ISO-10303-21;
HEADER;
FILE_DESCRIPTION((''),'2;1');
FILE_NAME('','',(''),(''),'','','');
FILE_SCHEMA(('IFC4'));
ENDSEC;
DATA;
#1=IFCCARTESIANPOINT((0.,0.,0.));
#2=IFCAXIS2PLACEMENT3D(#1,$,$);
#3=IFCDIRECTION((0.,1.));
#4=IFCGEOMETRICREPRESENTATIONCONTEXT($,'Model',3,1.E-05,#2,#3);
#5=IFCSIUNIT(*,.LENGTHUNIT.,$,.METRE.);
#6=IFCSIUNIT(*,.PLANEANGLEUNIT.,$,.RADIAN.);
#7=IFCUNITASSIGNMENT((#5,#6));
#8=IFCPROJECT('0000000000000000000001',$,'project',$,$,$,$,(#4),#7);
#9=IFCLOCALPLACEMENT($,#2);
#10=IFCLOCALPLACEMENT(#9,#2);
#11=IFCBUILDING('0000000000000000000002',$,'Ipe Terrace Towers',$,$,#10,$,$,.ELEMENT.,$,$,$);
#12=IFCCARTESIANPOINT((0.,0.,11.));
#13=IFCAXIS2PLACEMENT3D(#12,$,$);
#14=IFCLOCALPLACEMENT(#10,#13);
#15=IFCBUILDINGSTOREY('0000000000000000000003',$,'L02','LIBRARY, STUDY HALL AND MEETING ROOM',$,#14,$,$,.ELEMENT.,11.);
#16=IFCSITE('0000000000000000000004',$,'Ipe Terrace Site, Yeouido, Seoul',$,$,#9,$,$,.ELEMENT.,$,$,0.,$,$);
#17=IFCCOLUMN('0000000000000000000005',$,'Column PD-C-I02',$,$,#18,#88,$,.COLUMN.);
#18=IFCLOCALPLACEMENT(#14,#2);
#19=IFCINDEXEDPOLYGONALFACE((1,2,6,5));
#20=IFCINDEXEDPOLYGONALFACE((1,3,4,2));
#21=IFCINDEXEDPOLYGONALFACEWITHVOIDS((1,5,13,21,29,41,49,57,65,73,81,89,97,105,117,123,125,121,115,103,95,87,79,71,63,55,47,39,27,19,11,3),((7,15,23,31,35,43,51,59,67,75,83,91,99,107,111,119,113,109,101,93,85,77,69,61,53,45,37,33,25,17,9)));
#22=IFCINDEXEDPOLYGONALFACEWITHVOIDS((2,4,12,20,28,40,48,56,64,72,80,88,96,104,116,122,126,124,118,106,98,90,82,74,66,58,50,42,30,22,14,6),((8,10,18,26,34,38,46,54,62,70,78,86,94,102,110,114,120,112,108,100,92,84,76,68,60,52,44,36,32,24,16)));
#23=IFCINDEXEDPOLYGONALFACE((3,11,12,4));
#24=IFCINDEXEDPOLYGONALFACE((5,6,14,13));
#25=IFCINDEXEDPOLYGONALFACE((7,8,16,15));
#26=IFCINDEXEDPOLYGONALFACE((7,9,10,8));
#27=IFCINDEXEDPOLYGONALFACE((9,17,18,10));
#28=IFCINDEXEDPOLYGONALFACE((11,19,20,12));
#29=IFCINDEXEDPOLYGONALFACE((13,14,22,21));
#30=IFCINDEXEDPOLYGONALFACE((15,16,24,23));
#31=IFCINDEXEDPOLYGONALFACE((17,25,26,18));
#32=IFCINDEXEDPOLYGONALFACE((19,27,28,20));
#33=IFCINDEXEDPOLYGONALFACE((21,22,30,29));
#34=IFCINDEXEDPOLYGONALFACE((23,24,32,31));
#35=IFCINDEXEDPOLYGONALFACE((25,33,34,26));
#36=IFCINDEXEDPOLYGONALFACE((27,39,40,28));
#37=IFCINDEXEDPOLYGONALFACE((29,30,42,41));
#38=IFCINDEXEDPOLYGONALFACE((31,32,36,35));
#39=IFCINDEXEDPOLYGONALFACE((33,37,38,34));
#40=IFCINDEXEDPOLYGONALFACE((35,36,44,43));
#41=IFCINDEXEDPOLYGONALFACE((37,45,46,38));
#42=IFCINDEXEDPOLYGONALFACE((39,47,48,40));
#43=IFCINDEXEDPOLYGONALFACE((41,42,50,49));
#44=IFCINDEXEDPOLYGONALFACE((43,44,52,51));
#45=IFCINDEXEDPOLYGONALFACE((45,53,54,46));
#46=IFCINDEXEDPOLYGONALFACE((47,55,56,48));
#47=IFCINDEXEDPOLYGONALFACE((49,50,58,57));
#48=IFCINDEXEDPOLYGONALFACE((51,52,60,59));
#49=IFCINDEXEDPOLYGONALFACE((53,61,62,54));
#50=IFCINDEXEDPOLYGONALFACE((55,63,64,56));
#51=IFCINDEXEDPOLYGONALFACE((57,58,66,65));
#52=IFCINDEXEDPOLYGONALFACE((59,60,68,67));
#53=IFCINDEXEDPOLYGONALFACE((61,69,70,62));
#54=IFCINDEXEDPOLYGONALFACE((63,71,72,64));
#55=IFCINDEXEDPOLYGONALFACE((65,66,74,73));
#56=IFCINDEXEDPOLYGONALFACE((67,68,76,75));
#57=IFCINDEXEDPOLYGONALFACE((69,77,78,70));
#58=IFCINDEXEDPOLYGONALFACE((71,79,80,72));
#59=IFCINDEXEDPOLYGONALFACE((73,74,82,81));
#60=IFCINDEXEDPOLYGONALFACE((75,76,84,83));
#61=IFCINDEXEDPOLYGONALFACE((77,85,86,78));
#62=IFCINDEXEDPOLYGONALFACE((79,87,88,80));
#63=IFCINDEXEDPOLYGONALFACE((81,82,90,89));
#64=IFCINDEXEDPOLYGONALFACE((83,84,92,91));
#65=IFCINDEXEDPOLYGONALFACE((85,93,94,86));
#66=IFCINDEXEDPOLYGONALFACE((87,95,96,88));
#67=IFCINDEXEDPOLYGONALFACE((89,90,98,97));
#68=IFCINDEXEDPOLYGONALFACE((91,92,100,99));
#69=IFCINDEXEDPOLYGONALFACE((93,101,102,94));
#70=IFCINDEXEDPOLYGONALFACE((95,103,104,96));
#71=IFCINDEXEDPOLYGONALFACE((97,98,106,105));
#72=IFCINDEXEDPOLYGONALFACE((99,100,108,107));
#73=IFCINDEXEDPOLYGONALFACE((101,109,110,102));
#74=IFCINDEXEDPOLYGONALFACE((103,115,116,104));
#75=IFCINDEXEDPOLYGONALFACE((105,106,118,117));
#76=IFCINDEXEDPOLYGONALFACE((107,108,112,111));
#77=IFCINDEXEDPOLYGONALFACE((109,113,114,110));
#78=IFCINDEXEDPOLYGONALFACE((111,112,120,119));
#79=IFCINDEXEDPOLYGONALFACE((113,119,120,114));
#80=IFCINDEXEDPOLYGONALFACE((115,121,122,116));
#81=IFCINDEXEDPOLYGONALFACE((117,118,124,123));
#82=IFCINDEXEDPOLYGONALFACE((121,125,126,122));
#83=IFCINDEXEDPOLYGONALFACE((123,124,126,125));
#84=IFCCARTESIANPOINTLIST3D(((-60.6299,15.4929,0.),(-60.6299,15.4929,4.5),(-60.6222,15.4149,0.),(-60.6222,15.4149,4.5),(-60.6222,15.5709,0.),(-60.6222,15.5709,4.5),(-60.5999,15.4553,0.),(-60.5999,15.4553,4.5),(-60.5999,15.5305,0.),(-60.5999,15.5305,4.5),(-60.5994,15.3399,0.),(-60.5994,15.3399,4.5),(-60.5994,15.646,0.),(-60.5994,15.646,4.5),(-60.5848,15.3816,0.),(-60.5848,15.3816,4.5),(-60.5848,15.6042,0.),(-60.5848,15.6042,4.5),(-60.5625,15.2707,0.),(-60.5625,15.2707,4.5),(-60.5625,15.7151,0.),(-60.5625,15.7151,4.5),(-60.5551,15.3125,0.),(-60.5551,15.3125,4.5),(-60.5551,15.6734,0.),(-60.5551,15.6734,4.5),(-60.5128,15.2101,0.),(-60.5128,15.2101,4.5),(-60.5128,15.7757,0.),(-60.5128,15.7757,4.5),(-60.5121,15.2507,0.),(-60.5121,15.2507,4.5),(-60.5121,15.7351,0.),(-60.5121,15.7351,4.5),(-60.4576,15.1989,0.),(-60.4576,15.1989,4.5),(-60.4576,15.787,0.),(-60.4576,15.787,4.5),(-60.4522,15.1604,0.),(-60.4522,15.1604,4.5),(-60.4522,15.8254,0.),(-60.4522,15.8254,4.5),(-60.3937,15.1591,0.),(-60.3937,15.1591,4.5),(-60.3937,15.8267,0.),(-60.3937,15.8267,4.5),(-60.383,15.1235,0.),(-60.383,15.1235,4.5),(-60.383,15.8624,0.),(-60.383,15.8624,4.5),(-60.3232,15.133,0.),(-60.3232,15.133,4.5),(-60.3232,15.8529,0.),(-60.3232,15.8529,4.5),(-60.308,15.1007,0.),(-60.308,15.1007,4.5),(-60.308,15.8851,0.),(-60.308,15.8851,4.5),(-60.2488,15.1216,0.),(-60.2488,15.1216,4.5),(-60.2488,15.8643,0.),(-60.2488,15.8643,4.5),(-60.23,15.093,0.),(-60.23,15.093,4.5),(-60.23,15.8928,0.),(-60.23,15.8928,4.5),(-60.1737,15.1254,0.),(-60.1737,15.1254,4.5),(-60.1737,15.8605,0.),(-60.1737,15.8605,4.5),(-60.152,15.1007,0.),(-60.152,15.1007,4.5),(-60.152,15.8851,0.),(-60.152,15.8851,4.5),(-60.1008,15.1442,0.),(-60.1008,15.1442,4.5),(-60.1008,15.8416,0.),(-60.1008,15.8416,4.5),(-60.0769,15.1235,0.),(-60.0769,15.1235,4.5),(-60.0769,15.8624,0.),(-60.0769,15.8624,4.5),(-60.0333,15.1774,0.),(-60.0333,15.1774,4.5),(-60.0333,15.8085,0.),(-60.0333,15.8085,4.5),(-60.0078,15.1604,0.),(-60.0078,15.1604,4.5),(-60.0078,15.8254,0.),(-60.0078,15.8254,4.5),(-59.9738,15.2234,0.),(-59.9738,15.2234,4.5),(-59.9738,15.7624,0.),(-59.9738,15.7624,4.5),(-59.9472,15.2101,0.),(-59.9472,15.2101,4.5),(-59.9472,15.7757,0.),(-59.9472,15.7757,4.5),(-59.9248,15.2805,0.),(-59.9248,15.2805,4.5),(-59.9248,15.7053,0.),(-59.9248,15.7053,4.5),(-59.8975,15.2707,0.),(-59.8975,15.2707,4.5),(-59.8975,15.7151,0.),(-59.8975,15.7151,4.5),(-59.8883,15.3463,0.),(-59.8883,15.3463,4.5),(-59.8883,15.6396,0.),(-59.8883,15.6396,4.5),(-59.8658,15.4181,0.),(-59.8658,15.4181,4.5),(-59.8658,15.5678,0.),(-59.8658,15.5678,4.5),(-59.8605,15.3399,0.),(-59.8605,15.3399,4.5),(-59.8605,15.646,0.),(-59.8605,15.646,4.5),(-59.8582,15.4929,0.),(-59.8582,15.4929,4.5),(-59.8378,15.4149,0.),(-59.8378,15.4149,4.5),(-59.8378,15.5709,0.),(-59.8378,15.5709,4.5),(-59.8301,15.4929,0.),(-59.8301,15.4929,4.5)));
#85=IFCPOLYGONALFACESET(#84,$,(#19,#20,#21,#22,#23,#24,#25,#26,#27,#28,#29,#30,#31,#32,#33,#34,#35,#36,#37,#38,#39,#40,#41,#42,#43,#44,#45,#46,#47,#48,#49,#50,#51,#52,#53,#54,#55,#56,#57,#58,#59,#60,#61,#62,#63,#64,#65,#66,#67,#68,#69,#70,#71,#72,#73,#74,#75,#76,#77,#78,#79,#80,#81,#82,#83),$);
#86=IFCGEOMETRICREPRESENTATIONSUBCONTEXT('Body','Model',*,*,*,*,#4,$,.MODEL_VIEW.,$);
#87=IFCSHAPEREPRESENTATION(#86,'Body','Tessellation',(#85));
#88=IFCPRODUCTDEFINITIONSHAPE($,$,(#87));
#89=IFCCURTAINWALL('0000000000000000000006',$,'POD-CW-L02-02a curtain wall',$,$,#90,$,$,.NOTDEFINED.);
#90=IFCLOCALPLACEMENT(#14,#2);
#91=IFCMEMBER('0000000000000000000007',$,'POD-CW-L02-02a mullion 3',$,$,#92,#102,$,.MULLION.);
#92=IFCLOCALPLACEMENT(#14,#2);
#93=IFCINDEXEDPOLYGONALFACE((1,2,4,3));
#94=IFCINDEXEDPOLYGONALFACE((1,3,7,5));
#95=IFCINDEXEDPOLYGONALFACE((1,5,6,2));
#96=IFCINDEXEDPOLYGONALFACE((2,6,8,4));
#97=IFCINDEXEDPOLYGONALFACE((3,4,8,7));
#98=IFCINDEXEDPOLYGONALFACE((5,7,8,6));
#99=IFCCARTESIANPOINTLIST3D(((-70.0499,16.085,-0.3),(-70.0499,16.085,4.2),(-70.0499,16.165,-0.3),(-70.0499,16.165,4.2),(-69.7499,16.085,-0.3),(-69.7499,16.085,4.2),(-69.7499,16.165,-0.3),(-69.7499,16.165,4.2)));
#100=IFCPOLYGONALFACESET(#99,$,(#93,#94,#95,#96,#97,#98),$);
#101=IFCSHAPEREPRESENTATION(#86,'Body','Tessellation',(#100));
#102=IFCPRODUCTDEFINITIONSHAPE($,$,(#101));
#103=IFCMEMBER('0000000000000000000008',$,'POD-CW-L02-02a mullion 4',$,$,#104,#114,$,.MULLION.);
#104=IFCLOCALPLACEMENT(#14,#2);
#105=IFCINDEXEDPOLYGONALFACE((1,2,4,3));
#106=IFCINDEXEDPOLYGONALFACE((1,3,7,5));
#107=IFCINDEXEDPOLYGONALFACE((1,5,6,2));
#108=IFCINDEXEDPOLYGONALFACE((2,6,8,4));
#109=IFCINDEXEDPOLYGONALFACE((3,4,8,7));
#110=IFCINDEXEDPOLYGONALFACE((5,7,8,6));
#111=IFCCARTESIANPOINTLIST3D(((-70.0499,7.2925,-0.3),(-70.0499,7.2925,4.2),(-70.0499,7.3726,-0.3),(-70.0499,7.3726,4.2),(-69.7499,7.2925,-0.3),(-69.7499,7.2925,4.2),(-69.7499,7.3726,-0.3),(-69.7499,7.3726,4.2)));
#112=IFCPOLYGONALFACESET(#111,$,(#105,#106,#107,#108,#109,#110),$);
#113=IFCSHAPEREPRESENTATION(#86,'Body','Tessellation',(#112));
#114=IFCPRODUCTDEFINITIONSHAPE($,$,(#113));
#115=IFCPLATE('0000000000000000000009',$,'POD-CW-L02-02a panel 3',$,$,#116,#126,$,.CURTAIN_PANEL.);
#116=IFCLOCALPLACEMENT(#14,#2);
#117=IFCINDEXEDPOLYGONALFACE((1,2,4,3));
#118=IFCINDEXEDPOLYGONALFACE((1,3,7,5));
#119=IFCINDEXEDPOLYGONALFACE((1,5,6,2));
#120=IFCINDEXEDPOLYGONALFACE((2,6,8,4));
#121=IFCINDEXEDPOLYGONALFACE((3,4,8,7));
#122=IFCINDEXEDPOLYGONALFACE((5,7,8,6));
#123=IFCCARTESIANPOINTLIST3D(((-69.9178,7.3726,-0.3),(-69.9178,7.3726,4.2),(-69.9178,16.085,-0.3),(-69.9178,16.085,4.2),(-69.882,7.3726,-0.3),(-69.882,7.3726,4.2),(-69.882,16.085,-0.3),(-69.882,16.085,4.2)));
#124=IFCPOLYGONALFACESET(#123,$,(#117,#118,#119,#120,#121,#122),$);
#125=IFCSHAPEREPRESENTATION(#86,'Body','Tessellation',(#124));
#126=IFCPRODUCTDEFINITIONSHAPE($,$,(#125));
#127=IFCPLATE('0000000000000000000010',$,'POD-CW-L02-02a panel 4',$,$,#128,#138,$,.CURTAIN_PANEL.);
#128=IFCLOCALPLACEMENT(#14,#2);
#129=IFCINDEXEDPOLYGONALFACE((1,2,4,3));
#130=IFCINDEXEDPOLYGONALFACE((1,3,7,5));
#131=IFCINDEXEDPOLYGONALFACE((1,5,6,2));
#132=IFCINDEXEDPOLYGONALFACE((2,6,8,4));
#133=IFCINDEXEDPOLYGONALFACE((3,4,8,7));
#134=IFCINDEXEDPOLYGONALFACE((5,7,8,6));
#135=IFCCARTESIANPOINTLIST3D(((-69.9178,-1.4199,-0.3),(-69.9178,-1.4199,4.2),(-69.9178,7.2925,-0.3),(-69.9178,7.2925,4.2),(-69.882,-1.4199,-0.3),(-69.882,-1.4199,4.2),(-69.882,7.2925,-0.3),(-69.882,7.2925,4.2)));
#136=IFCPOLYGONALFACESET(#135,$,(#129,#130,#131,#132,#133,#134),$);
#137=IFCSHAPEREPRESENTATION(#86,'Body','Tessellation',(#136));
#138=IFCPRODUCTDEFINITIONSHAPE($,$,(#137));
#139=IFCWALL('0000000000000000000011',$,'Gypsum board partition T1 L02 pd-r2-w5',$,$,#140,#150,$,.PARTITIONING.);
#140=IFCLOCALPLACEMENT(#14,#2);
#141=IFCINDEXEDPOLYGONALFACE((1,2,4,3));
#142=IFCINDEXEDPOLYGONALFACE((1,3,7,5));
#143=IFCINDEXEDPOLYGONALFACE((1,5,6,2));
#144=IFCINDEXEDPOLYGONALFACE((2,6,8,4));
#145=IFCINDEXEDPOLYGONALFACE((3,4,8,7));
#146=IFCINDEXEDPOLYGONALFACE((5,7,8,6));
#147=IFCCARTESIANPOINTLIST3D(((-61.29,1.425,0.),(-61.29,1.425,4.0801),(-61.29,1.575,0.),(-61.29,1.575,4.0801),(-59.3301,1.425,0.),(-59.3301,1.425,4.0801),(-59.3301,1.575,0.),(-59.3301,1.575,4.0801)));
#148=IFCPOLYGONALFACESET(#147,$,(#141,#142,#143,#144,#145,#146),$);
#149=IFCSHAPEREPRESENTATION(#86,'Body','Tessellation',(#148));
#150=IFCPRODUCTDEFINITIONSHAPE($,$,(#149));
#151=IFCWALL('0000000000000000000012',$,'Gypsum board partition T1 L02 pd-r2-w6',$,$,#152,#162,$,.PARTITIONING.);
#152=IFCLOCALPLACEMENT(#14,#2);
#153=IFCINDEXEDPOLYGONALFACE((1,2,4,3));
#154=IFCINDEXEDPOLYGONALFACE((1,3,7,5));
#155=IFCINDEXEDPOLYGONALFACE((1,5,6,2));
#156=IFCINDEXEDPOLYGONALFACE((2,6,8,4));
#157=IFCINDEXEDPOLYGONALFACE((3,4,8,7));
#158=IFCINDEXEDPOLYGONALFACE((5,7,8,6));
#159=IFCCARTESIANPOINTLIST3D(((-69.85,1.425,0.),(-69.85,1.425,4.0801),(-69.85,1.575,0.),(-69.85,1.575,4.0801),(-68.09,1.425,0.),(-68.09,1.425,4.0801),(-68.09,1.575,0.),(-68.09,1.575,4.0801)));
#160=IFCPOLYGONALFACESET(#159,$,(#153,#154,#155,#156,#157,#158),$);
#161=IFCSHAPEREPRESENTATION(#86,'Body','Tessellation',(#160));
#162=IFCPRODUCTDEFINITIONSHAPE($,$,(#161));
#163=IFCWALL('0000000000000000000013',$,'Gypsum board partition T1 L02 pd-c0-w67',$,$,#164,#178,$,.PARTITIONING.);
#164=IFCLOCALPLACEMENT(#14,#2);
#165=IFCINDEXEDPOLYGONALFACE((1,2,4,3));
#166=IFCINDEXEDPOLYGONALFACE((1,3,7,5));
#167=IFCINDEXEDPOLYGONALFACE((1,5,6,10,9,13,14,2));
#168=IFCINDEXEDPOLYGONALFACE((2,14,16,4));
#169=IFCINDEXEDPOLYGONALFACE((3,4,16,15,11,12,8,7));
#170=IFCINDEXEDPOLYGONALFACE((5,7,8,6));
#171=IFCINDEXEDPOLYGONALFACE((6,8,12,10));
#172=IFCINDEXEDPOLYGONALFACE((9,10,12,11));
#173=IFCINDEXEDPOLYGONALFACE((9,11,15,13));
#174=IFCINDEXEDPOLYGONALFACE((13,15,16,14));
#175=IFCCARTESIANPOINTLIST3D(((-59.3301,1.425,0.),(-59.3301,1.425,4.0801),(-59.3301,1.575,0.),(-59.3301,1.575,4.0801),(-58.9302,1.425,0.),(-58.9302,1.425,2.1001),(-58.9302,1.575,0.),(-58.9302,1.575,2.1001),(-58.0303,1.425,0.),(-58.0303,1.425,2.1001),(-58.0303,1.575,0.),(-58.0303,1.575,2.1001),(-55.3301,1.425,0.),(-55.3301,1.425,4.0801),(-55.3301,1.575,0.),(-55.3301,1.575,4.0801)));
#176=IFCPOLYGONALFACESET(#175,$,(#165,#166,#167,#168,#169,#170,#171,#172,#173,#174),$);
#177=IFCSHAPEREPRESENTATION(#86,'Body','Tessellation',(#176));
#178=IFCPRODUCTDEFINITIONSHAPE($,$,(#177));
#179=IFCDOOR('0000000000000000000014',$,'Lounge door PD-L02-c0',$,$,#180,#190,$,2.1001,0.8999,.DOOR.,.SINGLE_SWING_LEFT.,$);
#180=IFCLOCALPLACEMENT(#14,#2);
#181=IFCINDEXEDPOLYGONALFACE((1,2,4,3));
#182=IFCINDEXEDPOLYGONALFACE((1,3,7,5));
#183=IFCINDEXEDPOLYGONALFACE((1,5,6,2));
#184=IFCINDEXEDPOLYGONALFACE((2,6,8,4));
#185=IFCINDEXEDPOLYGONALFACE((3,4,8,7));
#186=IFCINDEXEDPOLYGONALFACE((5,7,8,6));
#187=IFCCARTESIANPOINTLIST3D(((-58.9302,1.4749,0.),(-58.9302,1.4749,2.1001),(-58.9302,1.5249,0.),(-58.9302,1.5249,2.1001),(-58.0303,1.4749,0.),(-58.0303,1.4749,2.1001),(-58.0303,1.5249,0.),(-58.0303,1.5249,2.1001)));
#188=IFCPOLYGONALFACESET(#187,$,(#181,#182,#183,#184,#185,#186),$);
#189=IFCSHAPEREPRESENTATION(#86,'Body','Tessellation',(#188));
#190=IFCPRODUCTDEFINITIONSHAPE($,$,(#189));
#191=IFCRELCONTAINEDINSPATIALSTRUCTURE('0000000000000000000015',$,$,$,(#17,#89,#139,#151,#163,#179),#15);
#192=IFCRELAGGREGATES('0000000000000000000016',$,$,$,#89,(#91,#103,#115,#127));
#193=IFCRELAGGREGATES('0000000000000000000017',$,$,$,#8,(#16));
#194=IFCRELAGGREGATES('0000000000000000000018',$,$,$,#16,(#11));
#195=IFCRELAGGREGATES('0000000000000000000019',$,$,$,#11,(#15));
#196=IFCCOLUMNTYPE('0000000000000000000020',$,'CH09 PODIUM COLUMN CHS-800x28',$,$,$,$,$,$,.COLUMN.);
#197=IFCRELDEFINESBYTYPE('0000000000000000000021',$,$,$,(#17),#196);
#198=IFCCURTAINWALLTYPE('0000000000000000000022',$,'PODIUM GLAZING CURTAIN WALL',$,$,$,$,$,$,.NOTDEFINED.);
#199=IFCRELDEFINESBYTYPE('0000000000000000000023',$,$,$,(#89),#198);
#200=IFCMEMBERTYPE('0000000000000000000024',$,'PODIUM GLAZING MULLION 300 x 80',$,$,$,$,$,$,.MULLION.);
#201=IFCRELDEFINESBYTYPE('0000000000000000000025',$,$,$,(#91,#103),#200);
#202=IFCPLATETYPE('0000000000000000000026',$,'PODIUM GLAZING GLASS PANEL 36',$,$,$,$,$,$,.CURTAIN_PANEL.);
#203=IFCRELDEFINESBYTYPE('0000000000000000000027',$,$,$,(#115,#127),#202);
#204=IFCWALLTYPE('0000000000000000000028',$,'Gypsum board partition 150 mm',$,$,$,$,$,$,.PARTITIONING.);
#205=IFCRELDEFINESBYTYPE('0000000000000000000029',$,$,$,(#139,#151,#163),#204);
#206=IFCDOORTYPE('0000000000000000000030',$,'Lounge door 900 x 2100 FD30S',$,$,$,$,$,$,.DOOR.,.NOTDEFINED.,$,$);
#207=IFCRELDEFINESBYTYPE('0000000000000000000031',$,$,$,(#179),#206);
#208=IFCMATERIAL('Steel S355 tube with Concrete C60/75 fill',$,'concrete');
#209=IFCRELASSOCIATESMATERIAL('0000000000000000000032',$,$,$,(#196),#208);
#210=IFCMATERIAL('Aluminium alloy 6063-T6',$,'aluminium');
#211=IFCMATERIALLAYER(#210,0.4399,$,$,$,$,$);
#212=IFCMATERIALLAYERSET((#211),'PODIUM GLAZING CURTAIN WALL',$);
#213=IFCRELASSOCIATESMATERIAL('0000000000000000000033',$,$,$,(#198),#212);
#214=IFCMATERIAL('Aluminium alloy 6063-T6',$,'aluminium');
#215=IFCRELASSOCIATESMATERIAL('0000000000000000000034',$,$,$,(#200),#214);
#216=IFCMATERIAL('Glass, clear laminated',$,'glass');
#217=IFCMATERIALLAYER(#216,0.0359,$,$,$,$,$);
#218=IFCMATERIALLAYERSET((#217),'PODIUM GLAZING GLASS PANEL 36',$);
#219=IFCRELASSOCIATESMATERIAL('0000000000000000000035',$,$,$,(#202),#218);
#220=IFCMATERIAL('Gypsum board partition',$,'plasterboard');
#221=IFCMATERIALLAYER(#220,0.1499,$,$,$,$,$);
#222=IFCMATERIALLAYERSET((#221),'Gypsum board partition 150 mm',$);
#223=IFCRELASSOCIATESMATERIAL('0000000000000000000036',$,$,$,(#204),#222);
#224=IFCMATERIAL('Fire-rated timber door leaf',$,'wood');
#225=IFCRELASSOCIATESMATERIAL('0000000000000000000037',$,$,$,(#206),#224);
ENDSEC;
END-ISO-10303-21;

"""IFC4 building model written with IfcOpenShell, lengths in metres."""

from ifc_helpers import new_model, si_unit, direction, frame, frame_2d, origin, origin_2d, place, context, subcontext, project, spatial, rectangle, hollow_circle, extrude, material, layer, layer_set, material_profile, profile_set, type_object, element, fill, aggregate, save


model = new_model("IFC4")

# Units and contexts
model_context = context("Model", 3, precision=1e-05, world=origin(), true_north=direction((0.0, 1.0)))
body_context = subcontext(model_context, "Body", "Model", "MODEL_VIEW")
ifc_project = project(units=[si_unit("LENGTHUNIT", "METRE"), si_unit("PLANEANGLEUNIT", "RADIAN")], contexts=[model_context])

# Site, building, storey
site_placement = place(None, origin())
site = spatial("IfcSite", under=ifc_project, at=site_placement, Name="Ipe Terrace Site, Yeouido, Seoul", CompositionType="ELEMENT", RefElevation=0.0)
building_placement = place(site_placement, origin())
building = spatial("IfcBuilding", under=site, at=building_placement, Name="Ipe Terrace Towers", CompositionType="ELEMENT")
storey_placement = place(building_placement, frame((0.0, 0.0, 11.0)))
storey = spatial("IfcBuildingStorey", under=building, at=storey_placement, Name="L02", Description="LIBRARY, STUDY HALL AND MEETING ROOM", CompositionType="ELEMENT", Elevation=11.0)

# Column
ifc_material_1 = material(Name="Steel S355 tube with Concrete C60/75 fill", Category="concrete")
ifc_material_profile_1 = material_profile(ifc_material_1, hollow_circle(Radius=0.3999, WallThickness=0.0281, at=origin_2d()), Name="CHS-800x28")
ifc_profile_set_1 = profile_set([ifc_material_profile_1], Name="Steel S355 tube with Concrete C60/75 fill")
column_type = type_object("IfcColumnType", Name="CH09 PODIUM COLUMN CHS-800x28", PredefinedType="COLUMN", material=ifc_profile_set_1)
for number, where, z_axis, x_axis, name in (
    (1, (-60.23, 15.4929, 0.0), (0.0, 0.0, 1.0), (1.0, 0.0, 0.0), "Column PD-C-I02"),
):
    element("IfcColumn", number, at=place(storey_placement, frame(where, z_axis=z_axis, x_axis=x_axis)), inside=storey, type_object=column_type, Name=name, PredefinedType="COLUMN", context=body_context, shape_type="SweptSolid", body=[
        extrude(hollow_circle(Radius=0.3999, WallThickness=0.0281, at=origin_2d()), origin(), (0.0, 0.0, 1.0), 4.5),
    ])

# Curtain wall, members, plates
ifc_material_2 = material(Name="Aluminium alloy 6063-T6", Category="aluminium")
ifc_layer_1 = layer(ifc_material_2, 0.4399)
ifc_layer_set_1 = layer_set([ifc_layer_1], Name="PODIUM GLAZING CURTAIN WALL")
curtain_wall_type = type_object("IfcCurtainWallType", Name="PODIUM GLAZING CURTAIN WALL", PredefinedType="NOTDEFINED", material=ifc_layer_set_1)
curtain_wall_placement = place(storey_placement, origin())
curtain_wall = element("IfcCurtainWall", 2, at=curtain_wall_placement, inside=storey, type_object=curtain_wall_type, Name="POD-CW-L02-02a curtain wall", PredefinedType="NOTDEFINED")
ifc_material_3 = material(Name="Aluminium alloy 6063-T6", Category="aluminium")
ifc_material_profile_2 = material_profile(ifc_material_3, rectangle(XDim=0.3, YDim=0.0801, at=origin_2d()), Name="PODIUM GLAZING MULLION 300 x 80")
ifc_profile_set_2 = profile_set([ifc_material_profile_2], Name="Aluminium alloy 6063-T6")
member_type = type_object("IfcMemberType", Name="PODIUM GLAZING MULLION 300 x 80", PredefinedType="MULLION", material=ifc_profile_set_2)
member_1_placement = place(storey_placement, frame((-69.8999, 16.125, -0.3), z_axis=(0.0, 0.0, 1.0), x_axis=(-1.0, 0.0, 0.0)))
member_1 = element("IfcMember", 3, at=member_1_placement, type_object=member_type, Name="POD-CW-L02-02a mullion 3", PredefinedType="MULLION", context=body_context, shape_type="SweptSolid", body=[
    extrude(rectangle(XDim=0.3, YDim=0.0801, at=origin_2d()), origin(), (0.0, 0.0, 1.0), 4.5),
])
member_2_placement = place(storey_placement, frame((-69.8999, 7.3325, -0.3), z_axis=(0.0, 0.0, 1.0), x_axis=(-1.0, 0.0, 0.0)))
member_2 = element("IfcMember", 4, at=member_2_placement, type_object=member_type, Name="POD-CW-L02-02a mullion 4", PredefinedType="MULLION", context=body_context, shape_type="SweptSolid", body=[
    extrude(rectangle(XDim=0.3, YDim=0.0801, at=origin_2d()), origin(), (0.0, 0.0, 1.0), 4.5),
])
ifc_material_4 = material(Name="Glass, clear laminated", Category="glass")
ifc_layer_2 = layer(ifc_material_4, 0.0359)
ifc_layer_set_2 = layer_set([ifc_layer_2], Name="PODIUM GLAZING GLASS PANEL 36")
plate_type = type_object("IfcPlateType", Name="PODIUM GLAZING GLASS PANEL 36", PredefinedType="CURTAIN_PANEL", material=ifc_layer_set_2)
plate_1_placement = place(storey_placement, frame((-69.8999, 11.7288, -0.3), z_axis=(0.0, 0.0, 1.0), x_axis=(0.0, -1.0, 0.0)))
plate_1 = element("IfcPlate", 5, at=plate_1_placement, type_object=plate_type, Name="POD-CW-L02-02a panel 3", PredefinedType="CURTAIN_PANEL", context=body_context, shape_type="SweptSolid", body=[
    extrude(rectangle(XDim=8.7124, YDim=0.0359, at=origin_2d()), origin(), (0.0, 0.0, 1.0), 4.5),
])
plate_2_placement = place(storey_placement, frame((-69.8999, 2.9363, -0.3), z_axis=(0.0, 0.0, 1.0), x_axis=(0.0, -1.0, 0.0)))
plate_2 = element("IfcPlate", 6, at=plate_2_placement, type_object=plate_type, Name="POD-CW-L02-02a panel 4", PredefinedType="CURTAIN_PANEL", context=body_context, shape_type="SweptSolid", body=[
    extrude(rectangle(XDim=8.7124, YDim=0.0359, at=origin_2d()), origin(), (0.0, 0.0, 1.0), 4.5),
])
aggregate(curtain_wall, [member_1, member_2, plate_1, plate_2])

# Walls
ifc_material_5 = material(Name="Gypsum board partition", Category="plasterboard")
ifc_layer_3 = layer(ifc_material_5, 0.1499)
ifc_layer_set_3 = layer_set([ifc_layer_3], Name="Gypsum board partition 150 mm")
wall_type_1 = type_object("IfcWallType", Name="Gypsum board partition 150 mm", PredefinedType="PARTITIONING", material=ifc_layer_set_3)
wall_1_placement = place(storey_placement, frame((-59.3301, 1.5, 0.0), z_axis=(0.0, 0.0, 1.0), x_axis=(-1.0, 0.0, 0.0)))
element("IfcWall", 7, at=wall_1_placement, inside=storey, type_object=wall_type_1, Name="Gypsum board partition T1 L02 pd-r2-w5", PredefinedType="PARTITIONING", context=body_context, shape_type="SweptSolid", body=[
    extrude(rectangle(XDim=1.96, YDim=0.1499, at=frame_2d((0.98, 0.0))), origin(), (0.0, 0.0, 1.0), 4.0801),
])
wall_2_placement = place(storey_placement, frame((-68.0901, 1.5, 0.0), z_axis=(0.0, 0.0, 1.0), x_axis=(-1.0, 0.0, 0.0)))
element("IfcWall", 8, at=wall_2_placement, inside=storey, type_object=wall_type_1, Name="Gypsum board partition T1 L02 pd-r2-w6", PredefinedType="PARTITIONING", context=body_context, shape_type="SweptSolid", body=[
    extrude(rectangle(XDim=1.76, YDim=0.1499, at=frame_2d((0.8799, 0.0))), origin(), (0.0, 0.0, 1.0), 4.0801),
])

# Wall, opening, door
wall_3_placement = place(storey_placement, frame((-59.3301, 1.5, 0.0), z_axis=(0.0, 0.0, 1.0), x_axis=(1.0, 0.0, 0.0)))
wall_3 = element("IfcWall", 9, at=wall_3_placement, inside=storey, type_object=wall_type_1, Name="Gypsum board partition T1 L02 pd-c0-w67", PredefinedType="PARTITIONING", context=body_context, shape_type="SweptSolid", body=[
    extrude(rectangle(XDim=4.0, YDim=0.1499, at=frame_2d((2.0, 0.0))), origin(), (0.0, 0.0, 1.0), 4.0801),
])
opening_1_placement = place(wall_3_placement, frame((0.3999, 0.0, 0.0)))
opening_1 = element("IfcOpeningElement", 10, at=opening_1_placement, cuts=wall_3, PredefinedType="OPENING", context=body_context, shape_type="SweptSolid", body=[
    extrude(rectangle(XDim=0.8999, YDim=2.1001, at=frame_2d((0.45, 1.05))), frame((0.0, 0.085, 0.0), z_axis=(0.0, -1.0, 0.0), x_axis=(1.0, 0.0, 0.0)), (0.0, 0.0, 1.0), 0.1699),
])
ifc_material_6 = material(Name="Fire-rated timber door leaf", Category="wood")
door_type_1 = type_object("IfcDoorType", Name="Lounge door 900 x 2100 FD30S", OperationType="NOTDEFINED", PredefinedType="DOOR", material=ifc_material_6)
door_1_placement = place(opening_1_placement, origin())
door_1 = element("IfcDoor", 11, at=door_1_placement, inside=storey, type_object=door_type_1, Name="Lounge door PD-L02-c0", OperationType="SINGLE_SWING_LEFT", OverallHeight=2.1001, OverallWidth=0.8999, PredefinedType="DOOR", context=body_context, shape_type="SweptSolid", body=[
    extrude(rectangle(XDim=0.8999, YDim=2.1001, at=frame_2d((0.45, 1.05))), frame((0.0, 0.0249, 0.0), z_axis=(0.0, -1.0, 0.0), x_axis=(1.0, 0.0, 0.0)), (0.0, 0.0, 1.0), 0.05),
])
fill(opening_1, door_1)

save(model, "model.ifc")
